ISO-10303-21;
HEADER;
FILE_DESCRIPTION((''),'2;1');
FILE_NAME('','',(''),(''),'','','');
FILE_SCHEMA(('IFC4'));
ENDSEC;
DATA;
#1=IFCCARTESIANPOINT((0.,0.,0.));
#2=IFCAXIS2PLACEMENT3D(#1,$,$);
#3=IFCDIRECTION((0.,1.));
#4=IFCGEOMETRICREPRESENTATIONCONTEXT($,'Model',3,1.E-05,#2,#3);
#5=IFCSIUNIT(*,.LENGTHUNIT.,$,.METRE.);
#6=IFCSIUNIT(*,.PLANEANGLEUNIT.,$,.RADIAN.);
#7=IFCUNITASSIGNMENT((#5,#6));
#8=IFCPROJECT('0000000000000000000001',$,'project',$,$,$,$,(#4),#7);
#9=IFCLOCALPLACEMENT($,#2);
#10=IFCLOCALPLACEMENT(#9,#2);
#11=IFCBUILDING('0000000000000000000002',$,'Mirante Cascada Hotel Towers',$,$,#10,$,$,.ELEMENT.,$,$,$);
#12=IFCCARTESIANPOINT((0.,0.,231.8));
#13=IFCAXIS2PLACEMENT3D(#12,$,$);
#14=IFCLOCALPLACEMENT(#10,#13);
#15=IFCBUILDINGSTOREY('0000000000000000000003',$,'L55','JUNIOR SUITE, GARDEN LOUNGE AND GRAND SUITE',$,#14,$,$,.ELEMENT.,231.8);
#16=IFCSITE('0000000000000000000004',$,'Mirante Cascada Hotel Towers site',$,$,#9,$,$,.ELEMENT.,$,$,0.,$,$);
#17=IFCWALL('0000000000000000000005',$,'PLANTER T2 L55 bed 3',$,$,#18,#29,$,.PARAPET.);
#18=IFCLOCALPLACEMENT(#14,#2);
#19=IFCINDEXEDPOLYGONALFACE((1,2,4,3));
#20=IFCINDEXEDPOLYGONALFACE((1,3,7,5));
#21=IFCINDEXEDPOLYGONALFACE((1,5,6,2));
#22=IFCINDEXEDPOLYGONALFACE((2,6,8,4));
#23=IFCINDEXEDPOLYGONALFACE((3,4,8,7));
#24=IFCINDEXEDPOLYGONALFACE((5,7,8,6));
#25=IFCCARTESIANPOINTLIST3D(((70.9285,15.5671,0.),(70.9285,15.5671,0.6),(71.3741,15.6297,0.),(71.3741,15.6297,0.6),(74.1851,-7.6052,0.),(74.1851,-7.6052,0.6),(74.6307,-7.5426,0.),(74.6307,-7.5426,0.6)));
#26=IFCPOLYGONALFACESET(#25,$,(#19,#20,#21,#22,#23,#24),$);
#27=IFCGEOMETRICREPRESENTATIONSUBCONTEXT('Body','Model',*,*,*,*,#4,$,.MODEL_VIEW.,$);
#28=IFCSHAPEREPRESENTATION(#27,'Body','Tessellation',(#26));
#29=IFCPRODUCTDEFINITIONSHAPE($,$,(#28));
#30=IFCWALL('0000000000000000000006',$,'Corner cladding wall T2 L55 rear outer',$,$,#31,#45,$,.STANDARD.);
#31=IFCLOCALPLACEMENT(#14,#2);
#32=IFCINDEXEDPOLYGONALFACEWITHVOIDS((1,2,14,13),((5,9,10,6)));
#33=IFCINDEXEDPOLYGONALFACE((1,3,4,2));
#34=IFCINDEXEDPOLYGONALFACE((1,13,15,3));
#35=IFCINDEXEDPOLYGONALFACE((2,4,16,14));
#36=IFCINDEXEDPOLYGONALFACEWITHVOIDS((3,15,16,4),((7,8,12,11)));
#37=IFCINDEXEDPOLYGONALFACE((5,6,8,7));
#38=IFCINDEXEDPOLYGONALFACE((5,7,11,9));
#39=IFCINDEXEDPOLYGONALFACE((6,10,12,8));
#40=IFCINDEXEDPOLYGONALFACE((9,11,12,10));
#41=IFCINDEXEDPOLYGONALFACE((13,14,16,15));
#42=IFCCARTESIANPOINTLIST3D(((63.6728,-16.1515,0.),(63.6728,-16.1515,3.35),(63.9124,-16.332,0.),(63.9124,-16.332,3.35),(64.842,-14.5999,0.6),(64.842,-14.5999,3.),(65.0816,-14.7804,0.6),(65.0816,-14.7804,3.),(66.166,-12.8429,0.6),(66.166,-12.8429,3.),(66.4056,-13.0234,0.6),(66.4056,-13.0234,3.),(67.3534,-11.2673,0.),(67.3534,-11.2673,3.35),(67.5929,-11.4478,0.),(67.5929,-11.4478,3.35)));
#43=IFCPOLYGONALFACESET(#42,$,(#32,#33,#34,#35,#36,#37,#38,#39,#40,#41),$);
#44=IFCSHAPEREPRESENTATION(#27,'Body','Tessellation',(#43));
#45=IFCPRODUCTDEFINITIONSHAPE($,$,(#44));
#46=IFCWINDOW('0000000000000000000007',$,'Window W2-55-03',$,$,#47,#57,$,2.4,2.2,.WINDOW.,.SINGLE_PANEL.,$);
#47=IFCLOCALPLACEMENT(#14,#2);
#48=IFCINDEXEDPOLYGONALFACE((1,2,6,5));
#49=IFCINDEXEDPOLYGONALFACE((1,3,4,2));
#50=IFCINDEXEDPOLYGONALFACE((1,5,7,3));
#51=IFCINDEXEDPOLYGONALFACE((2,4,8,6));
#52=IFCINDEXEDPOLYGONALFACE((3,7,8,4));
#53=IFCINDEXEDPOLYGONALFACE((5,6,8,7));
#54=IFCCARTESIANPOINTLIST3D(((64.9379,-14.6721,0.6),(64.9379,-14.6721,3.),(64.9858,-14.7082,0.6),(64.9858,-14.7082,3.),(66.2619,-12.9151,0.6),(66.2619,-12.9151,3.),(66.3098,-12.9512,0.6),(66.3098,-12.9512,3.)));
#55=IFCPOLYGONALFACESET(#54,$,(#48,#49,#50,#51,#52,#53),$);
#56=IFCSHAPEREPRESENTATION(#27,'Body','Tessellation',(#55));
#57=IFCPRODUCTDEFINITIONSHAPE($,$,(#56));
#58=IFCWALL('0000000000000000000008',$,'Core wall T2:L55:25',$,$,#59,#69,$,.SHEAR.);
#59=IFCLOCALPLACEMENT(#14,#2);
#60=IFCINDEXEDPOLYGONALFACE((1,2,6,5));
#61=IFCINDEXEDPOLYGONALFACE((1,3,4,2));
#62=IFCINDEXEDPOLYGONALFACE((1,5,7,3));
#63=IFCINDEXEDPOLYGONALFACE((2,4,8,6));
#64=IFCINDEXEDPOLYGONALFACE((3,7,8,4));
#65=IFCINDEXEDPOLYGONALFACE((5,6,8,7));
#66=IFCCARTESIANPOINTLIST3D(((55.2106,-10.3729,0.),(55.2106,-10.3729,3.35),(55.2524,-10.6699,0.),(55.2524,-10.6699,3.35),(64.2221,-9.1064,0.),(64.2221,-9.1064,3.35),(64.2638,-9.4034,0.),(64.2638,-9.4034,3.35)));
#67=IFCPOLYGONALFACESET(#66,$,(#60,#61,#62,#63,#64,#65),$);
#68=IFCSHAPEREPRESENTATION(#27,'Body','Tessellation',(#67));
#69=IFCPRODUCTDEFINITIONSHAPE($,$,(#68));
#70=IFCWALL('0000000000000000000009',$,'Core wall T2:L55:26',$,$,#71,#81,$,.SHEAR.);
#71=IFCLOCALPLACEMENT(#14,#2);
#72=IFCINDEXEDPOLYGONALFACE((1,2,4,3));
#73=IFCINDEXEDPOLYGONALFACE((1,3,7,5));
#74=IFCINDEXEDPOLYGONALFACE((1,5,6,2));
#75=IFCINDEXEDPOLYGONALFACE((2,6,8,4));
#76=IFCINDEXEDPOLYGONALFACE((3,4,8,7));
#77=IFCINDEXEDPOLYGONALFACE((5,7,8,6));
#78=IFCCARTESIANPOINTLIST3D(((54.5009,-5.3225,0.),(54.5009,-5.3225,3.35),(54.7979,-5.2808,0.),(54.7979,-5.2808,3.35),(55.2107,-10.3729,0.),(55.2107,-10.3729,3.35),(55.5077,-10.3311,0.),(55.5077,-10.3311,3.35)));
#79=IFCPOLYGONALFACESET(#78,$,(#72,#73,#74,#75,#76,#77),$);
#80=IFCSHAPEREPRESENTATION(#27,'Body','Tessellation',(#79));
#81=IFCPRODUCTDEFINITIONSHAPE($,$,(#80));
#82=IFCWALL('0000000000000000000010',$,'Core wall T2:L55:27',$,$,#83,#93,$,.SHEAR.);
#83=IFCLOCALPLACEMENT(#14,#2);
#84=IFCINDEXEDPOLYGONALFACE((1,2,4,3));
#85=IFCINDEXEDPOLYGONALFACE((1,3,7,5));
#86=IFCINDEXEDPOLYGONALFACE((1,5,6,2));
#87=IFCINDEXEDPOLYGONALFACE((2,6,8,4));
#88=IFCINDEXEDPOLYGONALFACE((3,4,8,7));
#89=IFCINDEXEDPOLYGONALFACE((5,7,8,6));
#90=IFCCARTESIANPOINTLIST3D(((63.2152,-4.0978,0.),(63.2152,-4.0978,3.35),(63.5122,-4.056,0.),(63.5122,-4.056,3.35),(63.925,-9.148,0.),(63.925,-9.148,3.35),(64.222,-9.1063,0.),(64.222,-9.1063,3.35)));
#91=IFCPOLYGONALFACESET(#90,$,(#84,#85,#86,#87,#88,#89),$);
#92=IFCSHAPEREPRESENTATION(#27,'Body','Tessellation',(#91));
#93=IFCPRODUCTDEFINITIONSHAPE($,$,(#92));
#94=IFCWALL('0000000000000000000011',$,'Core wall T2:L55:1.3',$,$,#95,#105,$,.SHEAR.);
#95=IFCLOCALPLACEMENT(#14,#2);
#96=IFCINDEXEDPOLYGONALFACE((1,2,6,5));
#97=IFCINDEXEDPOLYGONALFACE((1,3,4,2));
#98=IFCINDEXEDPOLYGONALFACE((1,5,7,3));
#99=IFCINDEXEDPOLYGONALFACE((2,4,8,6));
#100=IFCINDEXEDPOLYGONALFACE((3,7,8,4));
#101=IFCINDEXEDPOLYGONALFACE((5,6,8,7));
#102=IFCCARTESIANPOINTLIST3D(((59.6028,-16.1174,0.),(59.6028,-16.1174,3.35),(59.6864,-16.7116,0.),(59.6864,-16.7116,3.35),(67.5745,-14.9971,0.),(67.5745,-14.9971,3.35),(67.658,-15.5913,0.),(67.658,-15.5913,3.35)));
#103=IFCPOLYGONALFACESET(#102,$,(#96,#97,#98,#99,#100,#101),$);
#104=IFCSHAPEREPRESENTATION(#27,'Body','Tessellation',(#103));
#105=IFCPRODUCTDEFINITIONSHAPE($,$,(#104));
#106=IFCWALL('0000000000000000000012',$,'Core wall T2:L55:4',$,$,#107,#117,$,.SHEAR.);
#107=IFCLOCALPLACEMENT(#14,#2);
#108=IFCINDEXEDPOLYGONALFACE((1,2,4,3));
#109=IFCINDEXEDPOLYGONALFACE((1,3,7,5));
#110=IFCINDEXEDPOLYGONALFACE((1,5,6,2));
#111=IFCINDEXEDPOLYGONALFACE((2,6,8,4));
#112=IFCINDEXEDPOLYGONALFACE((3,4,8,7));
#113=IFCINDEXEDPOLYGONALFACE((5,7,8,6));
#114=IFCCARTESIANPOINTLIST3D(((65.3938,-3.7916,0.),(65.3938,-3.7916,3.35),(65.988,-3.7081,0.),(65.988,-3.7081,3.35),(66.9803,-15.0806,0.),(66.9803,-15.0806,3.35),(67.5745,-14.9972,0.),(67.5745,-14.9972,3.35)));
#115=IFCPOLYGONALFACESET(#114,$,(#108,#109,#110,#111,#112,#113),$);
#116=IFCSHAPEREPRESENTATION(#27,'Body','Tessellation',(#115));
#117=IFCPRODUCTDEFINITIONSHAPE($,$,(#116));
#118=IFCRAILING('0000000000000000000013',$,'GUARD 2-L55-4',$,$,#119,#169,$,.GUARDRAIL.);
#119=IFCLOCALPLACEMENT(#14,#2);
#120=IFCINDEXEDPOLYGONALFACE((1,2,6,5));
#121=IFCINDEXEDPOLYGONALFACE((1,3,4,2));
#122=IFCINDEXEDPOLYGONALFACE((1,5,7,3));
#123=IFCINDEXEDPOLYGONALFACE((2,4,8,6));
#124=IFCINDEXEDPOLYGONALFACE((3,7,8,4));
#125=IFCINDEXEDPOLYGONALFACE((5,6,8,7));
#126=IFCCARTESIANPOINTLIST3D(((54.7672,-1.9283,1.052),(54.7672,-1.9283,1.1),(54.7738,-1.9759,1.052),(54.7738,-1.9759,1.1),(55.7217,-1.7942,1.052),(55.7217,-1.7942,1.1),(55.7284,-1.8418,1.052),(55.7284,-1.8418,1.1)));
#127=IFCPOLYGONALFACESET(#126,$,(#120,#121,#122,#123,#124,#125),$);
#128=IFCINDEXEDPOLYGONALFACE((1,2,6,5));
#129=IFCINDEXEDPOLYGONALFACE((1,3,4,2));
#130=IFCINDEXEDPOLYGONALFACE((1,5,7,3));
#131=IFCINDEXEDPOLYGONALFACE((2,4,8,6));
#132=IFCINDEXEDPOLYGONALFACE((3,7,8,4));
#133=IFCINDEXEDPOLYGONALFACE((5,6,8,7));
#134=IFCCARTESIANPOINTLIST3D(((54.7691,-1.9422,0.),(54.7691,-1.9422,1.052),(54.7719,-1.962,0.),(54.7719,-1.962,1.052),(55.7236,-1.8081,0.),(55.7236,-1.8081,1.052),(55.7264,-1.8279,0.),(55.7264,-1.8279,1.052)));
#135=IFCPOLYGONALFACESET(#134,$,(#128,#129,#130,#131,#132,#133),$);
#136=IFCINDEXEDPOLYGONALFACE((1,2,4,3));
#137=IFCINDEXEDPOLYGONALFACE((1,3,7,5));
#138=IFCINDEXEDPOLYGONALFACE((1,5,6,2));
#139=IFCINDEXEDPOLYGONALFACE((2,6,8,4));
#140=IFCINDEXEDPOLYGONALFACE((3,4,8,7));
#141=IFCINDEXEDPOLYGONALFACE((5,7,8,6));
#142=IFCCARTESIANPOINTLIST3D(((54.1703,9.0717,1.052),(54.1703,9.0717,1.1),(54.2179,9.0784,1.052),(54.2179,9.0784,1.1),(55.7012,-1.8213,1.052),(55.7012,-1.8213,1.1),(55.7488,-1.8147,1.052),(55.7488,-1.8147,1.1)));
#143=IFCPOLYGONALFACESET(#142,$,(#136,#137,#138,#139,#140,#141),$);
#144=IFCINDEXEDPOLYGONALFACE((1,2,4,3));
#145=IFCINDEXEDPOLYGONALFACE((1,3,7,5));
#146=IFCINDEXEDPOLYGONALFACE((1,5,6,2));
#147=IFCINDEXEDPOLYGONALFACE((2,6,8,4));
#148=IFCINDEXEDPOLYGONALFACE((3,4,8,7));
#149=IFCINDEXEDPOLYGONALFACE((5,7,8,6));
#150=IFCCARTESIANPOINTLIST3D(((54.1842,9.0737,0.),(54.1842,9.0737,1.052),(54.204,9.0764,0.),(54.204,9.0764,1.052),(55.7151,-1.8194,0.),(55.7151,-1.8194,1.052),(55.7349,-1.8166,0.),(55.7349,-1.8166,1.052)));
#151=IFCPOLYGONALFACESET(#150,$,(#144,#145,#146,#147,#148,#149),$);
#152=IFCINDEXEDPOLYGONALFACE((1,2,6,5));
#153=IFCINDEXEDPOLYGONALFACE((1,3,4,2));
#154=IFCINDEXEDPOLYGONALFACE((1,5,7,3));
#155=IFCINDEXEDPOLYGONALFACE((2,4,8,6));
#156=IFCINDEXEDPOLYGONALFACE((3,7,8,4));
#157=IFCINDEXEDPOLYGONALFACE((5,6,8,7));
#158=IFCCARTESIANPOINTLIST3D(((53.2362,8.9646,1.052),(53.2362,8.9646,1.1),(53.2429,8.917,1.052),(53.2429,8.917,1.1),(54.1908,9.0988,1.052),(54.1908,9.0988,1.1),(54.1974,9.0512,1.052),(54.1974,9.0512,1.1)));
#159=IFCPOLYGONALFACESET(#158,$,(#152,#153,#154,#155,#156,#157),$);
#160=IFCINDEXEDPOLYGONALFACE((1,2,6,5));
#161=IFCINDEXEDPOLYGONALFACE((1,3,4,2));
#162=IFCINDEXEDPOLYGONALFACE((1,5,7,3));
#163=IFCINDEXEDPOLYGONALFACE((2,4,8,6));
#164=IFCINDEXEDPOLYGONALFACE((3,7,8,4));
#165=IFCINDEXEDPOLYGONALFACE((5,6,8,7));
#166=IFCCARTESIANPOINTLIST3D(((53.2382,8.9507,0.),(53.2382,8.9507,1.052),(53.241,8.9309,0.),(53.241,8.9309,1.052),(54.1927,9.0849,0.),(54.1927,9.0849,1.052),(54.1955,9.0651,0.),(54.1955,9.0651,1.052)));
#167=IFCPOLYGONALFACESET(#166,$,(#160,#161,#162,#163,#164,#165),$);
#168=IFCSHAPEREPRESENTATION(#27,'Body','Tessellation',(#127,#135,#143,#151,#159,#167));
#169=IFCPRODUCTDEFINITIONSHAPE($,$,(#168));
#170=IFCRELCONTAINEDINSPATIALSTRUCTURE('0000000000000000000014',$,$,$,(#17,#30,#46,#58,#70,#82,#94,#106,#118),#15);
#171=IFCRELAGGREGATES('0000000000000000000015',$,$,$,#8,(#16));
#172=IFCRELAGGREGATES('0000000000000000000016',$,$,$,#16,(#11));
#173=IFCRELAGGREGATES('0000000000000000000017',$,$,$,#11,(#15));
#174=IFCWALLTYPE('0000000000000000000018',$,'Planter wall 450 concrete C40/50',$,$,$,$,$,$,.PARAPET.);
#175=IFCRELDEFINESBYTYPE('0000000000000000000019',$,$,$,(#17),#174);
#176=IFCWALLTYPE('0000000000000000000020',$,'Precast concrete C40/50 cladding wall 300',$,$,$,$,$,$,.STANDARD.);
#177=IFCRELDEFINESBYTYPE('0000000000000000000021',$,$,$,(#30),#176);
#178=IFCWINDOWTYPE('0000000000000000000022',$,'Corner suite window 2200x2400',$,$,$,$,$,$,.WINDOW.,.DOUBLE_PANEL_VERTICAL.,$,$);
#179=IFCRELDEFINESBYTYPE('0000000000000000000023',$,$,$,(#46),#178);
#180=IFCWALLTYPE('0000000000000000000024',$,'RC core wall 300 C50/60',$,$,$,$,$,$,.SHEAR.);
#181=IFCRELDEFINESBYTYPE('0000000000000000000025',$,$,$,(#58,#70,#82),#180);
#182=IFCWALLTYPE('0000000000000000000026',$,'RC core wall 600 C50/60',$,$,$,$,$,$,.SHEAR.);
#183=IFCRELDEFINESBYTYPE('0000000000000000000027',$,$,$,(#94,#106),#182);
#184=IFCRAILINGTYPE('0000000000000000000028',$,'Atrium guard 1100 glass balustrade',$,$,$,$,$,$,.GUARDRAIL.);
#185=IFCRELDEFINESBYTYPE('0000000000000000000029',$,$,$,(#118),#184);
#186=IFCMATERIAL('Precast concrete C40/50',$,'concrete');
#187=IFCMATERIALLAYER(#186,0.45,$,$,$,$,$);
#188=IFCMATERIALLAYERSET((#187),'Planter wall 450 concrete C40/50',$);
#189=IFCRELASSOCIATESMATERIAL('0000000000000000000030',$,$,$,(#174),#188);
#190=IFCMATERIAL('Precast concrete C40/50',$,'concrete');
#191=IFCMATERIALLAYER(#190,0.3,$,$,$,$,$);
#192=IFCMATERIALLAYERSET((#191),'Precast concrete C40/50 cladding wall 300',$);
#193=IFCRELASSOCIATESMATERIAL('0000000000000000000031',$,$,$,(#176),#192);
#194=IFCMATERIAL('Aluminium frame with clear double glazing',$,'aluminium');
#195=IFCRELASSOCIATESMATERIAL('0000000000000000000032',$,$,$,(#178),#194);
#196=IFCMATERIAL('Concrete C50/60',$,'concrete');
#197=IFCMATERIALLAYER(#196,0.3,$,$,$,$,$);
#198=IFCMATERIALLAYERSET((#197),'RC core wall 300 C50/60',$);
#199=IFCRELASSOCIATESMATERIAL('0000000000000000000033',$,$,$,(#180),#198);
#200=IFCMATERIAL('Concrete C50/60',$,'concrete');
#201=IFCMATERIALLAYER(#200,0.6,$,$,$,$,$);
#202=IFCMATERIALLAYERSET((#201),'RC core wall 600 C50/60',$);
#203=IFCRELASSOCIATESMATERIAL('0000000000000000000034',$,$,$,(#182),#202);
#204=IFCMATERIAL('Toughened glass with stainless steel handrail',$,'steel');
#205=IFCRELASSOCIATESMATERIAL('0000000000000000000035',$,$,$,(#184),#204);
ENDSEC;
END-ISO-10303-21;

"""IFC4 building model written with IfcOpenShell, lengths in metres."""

from ifc_helpers import new_model, si_unit, direction, frame, frame_2d, origin, origin_2d, place, context, subcontext, project, spatial, rectangle, extrude, material, layer, layer_set, type_object, element, fill, save


model = new_model("IFC4")

# Units and contexts
model_context = context("Model", 3, precision=1e-05, world=origin(), true_north=direction((0.0, 1.0)))
body_context = subcontext(model_context, "Body", "Model", "MODEL_VIEW")
ifc_project = project(units=[si_unit("LENGTHUNIT", "METRE"), si_unit("PLANEANGLEUNIT", "RADIAN")], contexts=[model_context])

# Site, building, storey
site_placement = place(None, origin())
site = spatial("IfcSite", under=ifc_project, at=site_placement, Name="Mirante Cascada Hotel Towers site", CompositionType="ELEMENT", RefElevation=0.0)
building_placement = place(site_placement, origin())
building = spatial("IfcBuilding", under=site, at=building_placement, Name="Mirante Cascada Hotel Towers", CompositionType="ELEMENT")
storey_placement = place(building_placement, frame((0.0, 0.0, 231.8)))
storey = spatial("IfcBuildingStorey", under=building, at=storey_placement, Name="L55", Description="JUNIOR SUITE, GARDEN LOUNGE AND GRAND SUITE", CompositionType="ELEMENT", Elevation=231.8)

# Wall
ifc_material_1 = material(Name="Precast concrete C40/50", Category="concrete")
ifc_layer_1 = layer(ifc_material_1, 0.45)
ifc_layer_set_1 = layer_set([ifc_layer_1], Name="Planter wall 450 concrete C40/50")
wall_type_1 = type_object("IfcWallType", Name="Planter wall 450 concrete C40/50", PredefinedType="PARAPET", material=ifc_layer_set_1)
wall_1_placement = place(storey_placement, frame((74.4079, -7.5739, 0.0), z_axis=(0.0, 0.0, 1.0), x_axis=(-0.139171, 0.990268, 0.0)))
element("IfcWall", 1, at=wall_1_placement, inside=storey, type_object=wall_type_1, Name="PLANTER T2 L55 bed 3", PredefinedType="PARAPET", context=body_context, shape_type="SweptSolid", body=[
    extrude(rectangle(XDim=23.4, YDim=0.45, at=frame_2d((11.7, 0.0))), origin(), (0.0, 0.0, 1.0), 0.6),
])

# Wall, opening, window
ifc_material_2 = material(Name="Precast concrete C40/50", Category="concrete")
ifc_layer_2 = layer(ifc_material_2, 0.3)
ifc_layer_set_2 = layer_set([ifc_layer_2], Name="Precast concrete C40/50 cladding wall 300")
wall_type_2 = type_object("IfcWallType", Name="Precast concrete C40/50 cladding wall 300", PredefinedType="STANDARD", material=ifc_layer_set_2)
wall_2_placement = place(storey_placement, frame((63.7926, -16.2417, 0.0), z_axis=(0.0, 0.0, 1.0), x_axis=(0.601824, 0.798628, 0.0)))
wall_2 = element("IfcWall", 2, at=wall_2_placement, inside=storey, type_object=wall_type_2, Name="Corner cladding wall T2 L55 rear outer", PredefinedType="STANDARD", context=body_context, shape_type="SweptSolid", body=[
    extrude(rectangle(XDim=6.1157, YDim=0.3, at=frame_2d((3.0578, 0.0))), origin(), (0.0, 0.0, 1.0), 3.35),
])
opening_placement = place(wall_2_placement, frame((1.9428, 0.0, 0.6)))
opening = element("IfcOpeningElement", 3, at=opening_placement, cuts=wall_2, PredefinedType="OPENING", context=body_context, shape_type="SweptSolid", body=[
    extrude(rectangle(XDim=2.2, YDim=2.4, at=frame_2d((1.1, 1.2))), frame((0.0, 0.15, 0.0), z_axis=(0.0, -1.0, 0.0), x_axis=(1.0, 0.0, 0.0)), (0.0, 0.0, 1.0), 0.3),
])
ifc_material_3 = material(Name="Aluminium frame with clear double glazing", Category="aluminium")
window_type = type_object("IfcWindowType", Name="Corner suite window 2200x2400", PartitioningType="DOUBLE_PANEL_VERTICAL", PredefinedType="WINDOW", material=ifc_material_3)
window_placement = place(opening_placement, origin())
window = element("IfcWindow", 4, at=window_placement, inside=storey, type_object=window_type, Name="Window W2-55-03", OverallHeight=2.4, OverallWidth=2.2, PartitioningType="SINGLE_PANEL", PredefinedType="WINDOW", context=body_context, shape_type="SweptSolid", body=[
    extrude(rectangle(XDim=2.2, YDim=2.4, at=frame_2d((1.1, 1.2))), frame((0.0, 0.03, 0.0), z_axis=(0.0, -1.0, 0.0), x_axis=(1.0, 0.0, 0.0)), (0.0, 0.0, 1.0), 0.06),
])
fill(opening, window)

# Walls
ifc_material_4 = material(Name="Concrete C50/60", Category="concrete")
ifc_layer_3 = layer(ifc_material_4, 0.3)
ifc_layer_set_3 = layer_set([ifc_layer_3], Name="RC core wall 300 C50/60")
wall_type_3 = type_object("IfcWallType", Name="RC core wall 300 C50/60", PredefinedType="SHEAR", material=ifc_layer_set_3)
wall_3_placement = place(storey_placement, frame((55.2315, -10.5214, 0.0), z_axis=(0.0, 0.0, 1.0), x_axis=(0.990268, 0.139176, 0.0)))
element("IfcWall", 5, at=wall_3_placement, inside=storey, type_object=wall_type_3, Name="Core wall T2:L55:25", PredefinedType="SHEAR", context=body_context, shape_type="SweptSolid", body=[
    extrude(rectangle(XDim=9.1, YDim=0.3, at=frame_2d((4.55, 0.0))), origin(), (0.0, 0.0, 1.0), 3.35),
])
wall_4_placement = place(storey_placement, frame((55.3592, -10.352, 0.0), z_axis=(0.0, 0.0, 1.0), x_axis=(-0.139176, 0.990268, 0.0)))
element("IfcWall", 6, at=wall_4_placement, inside=storey, type_object=wall_type_3, Name="Core wall T2:L55:26", PredefinedType="SHEAR", context=body_context, shape_type="SweptSolid", body=[
    extrude(rectangle(XDim=5.1, YDim=0.3, at=frame_2d((2.55, 0.0))), origin(), (0.0, 0.0, 1.0), 3.35),
])
wall_5_placement = place(storey_placement, frame((64.0735, -9.1272, 0.0), z_axis=(0.0, 0.0, 1.0), x_axis=(-0.139178, 0.990267, 0.0)))
element("IfcWall", 7, at=wall_5_placement, inside=storey, type_object=wall_type_3, Name="Core wall T2:L55:27", PredefinedType="SHEAR", context=body_context, shape_type="SweptSolid", body=[
    extrude(rectangle(XDim=5.0999, YDim=0.3, at=frame_2d((2.55, 0.0))), origin(), (0.0, 0.0, 1.0), 3.35),
])
ifc_material_5 = material(Name="Concrete C50/60", Category="concrete")
ifc_layer_4 = layer(ifc_material_5, 0.6)
ifc_layer_set_4 = layer_set([ifc_layer_4], Name="RC core wall 600 C50/60")
wall_type_4 = type_object("IfcWallType", Name="RC core wall 600 C50/60", PredefinedType="SHEAR", material=ifc_layer_set_4)
wall_6_placement = place(storey_placement, frame((59.6446, -16.4145, 0.0), z_axis=(0.0, 0.0, 1.0), x_axis=(0.990269, 0.139167, 0.0)))
element("IfcWall", 8, at=wall_6_placement, inside=storey, type_object=wall_type_4, Name="Core wall T2:L55:1.3", PredefinedType="SHEAR", context=body_context, shape_type="SweptSolid", body=[
    extrude(rectangle(XDim=8.05, YDim=0.6, at=frame_2d((4.025, 0.0))), origin(), (0.0, 0.0, 1.0), 3.35),
])
wall_7_placement = place(storey_placement, frame((67.2774, -15.0389, 0.0), z_axis=(0.0, 0.0, 1.0), x_axis=(-0.139166, 0.990269, 0.0)))
element("IfcWall", 9, at=wall_7_placement, inside=storey, type_object=wall_type_4, Name="Core wall T2:L55:4", PredefinedType="SHEAR", context=body_context, shape_type="SweptSolid", body=[
    extrude(rectangle(XDim=11.4, YDim=0.6, at=frame_2d((5.7, 0.0))), origin(), (0.0, 0.0, 1.0), 3.35),
])

# Railing
ifc_material_6 = material(Name="Toughened glass with stainless steel handrail", Category="steel")
railing_type = type_object("IfcRailingType", Name="Atrium guard 1100 glass balustrade", PredefinedType="GUARDRAIL", material=ifc_material_6)
railing_1_placement = place(storey_placement, frame((54.7705, -1.9521, 0.0)))
element("IfcRailing", 10, at=railing_1_placement, inside=storey, type_object=railing_type, Name="GUARD 2-L55-4", PredefinedType="GUARDRAIL", context=body_context, shape_type="SweptSolid", body=[
    extrude(rectangle(XDim=0.048, YDim=0.048, at=origin_2d()), frame((0.0, 0.0, 1.076), z_axis=(0.990275, 0.139126, 0.0), x_axis=(-0.139126, 0.990275, 0.0)), (0.0, 0.0, 1.0), 0.9639),
    extrude(rectangle(XDim=0.02, YDim=1.052, at=origin_2d()), frame((0.0, 0.0, 0.526), z_axis=(0.990275, 0.139126, 0.0), x_axis=(-0.139126, 0.990275, 0.0)), (0.0, 0.0, 1.0), 0.9639),
    extrude(rectangle(XDim=0.048, YDim=0.048, at=origin_2d()), frame((0.9545, 0.1341, 1.076), z_axis=(-0.139172, 0.990268, 0.0), x_axis=(-0.990268, -0.139172, 0.0)), (0.0, 0.0, 1.0), 11.0001),
    extrude(rectangle(XDim=0.02, YDim=1.052, at=origin_2d()), frame((0.9545, 0.1341, 0.526), z_axis=(-0.139172, 0.990268, 0.0), x_axis=(-0.990268, -0.139172, 0.0)), (0.0, 0.0, 1.0), 11.0001),
    extrude(rectangle(XDim=0.048, YDim=0.048, at=origin_2d()), frame((-0.5764, 11.0271, 1.076), z_axis=(-0.99026, -0.139228, 0.0), x_axis=(0.139228, -0.99026, 0.0)), (0.0, 0.0, 1.0), 0.9639),
    extrude(rectangle(XDim=0.02, YDim=1.052, at=origin_2d()), frame((-0.5764, 11.0271, 0.526), z_axis=(-0.99026, -0.139228, 0.0), x_axis=(0.139228, -0.99026, 0.0)), (0.0, 0.0, 1.0), 0.9639),
])

save(model, "model.ifc")
